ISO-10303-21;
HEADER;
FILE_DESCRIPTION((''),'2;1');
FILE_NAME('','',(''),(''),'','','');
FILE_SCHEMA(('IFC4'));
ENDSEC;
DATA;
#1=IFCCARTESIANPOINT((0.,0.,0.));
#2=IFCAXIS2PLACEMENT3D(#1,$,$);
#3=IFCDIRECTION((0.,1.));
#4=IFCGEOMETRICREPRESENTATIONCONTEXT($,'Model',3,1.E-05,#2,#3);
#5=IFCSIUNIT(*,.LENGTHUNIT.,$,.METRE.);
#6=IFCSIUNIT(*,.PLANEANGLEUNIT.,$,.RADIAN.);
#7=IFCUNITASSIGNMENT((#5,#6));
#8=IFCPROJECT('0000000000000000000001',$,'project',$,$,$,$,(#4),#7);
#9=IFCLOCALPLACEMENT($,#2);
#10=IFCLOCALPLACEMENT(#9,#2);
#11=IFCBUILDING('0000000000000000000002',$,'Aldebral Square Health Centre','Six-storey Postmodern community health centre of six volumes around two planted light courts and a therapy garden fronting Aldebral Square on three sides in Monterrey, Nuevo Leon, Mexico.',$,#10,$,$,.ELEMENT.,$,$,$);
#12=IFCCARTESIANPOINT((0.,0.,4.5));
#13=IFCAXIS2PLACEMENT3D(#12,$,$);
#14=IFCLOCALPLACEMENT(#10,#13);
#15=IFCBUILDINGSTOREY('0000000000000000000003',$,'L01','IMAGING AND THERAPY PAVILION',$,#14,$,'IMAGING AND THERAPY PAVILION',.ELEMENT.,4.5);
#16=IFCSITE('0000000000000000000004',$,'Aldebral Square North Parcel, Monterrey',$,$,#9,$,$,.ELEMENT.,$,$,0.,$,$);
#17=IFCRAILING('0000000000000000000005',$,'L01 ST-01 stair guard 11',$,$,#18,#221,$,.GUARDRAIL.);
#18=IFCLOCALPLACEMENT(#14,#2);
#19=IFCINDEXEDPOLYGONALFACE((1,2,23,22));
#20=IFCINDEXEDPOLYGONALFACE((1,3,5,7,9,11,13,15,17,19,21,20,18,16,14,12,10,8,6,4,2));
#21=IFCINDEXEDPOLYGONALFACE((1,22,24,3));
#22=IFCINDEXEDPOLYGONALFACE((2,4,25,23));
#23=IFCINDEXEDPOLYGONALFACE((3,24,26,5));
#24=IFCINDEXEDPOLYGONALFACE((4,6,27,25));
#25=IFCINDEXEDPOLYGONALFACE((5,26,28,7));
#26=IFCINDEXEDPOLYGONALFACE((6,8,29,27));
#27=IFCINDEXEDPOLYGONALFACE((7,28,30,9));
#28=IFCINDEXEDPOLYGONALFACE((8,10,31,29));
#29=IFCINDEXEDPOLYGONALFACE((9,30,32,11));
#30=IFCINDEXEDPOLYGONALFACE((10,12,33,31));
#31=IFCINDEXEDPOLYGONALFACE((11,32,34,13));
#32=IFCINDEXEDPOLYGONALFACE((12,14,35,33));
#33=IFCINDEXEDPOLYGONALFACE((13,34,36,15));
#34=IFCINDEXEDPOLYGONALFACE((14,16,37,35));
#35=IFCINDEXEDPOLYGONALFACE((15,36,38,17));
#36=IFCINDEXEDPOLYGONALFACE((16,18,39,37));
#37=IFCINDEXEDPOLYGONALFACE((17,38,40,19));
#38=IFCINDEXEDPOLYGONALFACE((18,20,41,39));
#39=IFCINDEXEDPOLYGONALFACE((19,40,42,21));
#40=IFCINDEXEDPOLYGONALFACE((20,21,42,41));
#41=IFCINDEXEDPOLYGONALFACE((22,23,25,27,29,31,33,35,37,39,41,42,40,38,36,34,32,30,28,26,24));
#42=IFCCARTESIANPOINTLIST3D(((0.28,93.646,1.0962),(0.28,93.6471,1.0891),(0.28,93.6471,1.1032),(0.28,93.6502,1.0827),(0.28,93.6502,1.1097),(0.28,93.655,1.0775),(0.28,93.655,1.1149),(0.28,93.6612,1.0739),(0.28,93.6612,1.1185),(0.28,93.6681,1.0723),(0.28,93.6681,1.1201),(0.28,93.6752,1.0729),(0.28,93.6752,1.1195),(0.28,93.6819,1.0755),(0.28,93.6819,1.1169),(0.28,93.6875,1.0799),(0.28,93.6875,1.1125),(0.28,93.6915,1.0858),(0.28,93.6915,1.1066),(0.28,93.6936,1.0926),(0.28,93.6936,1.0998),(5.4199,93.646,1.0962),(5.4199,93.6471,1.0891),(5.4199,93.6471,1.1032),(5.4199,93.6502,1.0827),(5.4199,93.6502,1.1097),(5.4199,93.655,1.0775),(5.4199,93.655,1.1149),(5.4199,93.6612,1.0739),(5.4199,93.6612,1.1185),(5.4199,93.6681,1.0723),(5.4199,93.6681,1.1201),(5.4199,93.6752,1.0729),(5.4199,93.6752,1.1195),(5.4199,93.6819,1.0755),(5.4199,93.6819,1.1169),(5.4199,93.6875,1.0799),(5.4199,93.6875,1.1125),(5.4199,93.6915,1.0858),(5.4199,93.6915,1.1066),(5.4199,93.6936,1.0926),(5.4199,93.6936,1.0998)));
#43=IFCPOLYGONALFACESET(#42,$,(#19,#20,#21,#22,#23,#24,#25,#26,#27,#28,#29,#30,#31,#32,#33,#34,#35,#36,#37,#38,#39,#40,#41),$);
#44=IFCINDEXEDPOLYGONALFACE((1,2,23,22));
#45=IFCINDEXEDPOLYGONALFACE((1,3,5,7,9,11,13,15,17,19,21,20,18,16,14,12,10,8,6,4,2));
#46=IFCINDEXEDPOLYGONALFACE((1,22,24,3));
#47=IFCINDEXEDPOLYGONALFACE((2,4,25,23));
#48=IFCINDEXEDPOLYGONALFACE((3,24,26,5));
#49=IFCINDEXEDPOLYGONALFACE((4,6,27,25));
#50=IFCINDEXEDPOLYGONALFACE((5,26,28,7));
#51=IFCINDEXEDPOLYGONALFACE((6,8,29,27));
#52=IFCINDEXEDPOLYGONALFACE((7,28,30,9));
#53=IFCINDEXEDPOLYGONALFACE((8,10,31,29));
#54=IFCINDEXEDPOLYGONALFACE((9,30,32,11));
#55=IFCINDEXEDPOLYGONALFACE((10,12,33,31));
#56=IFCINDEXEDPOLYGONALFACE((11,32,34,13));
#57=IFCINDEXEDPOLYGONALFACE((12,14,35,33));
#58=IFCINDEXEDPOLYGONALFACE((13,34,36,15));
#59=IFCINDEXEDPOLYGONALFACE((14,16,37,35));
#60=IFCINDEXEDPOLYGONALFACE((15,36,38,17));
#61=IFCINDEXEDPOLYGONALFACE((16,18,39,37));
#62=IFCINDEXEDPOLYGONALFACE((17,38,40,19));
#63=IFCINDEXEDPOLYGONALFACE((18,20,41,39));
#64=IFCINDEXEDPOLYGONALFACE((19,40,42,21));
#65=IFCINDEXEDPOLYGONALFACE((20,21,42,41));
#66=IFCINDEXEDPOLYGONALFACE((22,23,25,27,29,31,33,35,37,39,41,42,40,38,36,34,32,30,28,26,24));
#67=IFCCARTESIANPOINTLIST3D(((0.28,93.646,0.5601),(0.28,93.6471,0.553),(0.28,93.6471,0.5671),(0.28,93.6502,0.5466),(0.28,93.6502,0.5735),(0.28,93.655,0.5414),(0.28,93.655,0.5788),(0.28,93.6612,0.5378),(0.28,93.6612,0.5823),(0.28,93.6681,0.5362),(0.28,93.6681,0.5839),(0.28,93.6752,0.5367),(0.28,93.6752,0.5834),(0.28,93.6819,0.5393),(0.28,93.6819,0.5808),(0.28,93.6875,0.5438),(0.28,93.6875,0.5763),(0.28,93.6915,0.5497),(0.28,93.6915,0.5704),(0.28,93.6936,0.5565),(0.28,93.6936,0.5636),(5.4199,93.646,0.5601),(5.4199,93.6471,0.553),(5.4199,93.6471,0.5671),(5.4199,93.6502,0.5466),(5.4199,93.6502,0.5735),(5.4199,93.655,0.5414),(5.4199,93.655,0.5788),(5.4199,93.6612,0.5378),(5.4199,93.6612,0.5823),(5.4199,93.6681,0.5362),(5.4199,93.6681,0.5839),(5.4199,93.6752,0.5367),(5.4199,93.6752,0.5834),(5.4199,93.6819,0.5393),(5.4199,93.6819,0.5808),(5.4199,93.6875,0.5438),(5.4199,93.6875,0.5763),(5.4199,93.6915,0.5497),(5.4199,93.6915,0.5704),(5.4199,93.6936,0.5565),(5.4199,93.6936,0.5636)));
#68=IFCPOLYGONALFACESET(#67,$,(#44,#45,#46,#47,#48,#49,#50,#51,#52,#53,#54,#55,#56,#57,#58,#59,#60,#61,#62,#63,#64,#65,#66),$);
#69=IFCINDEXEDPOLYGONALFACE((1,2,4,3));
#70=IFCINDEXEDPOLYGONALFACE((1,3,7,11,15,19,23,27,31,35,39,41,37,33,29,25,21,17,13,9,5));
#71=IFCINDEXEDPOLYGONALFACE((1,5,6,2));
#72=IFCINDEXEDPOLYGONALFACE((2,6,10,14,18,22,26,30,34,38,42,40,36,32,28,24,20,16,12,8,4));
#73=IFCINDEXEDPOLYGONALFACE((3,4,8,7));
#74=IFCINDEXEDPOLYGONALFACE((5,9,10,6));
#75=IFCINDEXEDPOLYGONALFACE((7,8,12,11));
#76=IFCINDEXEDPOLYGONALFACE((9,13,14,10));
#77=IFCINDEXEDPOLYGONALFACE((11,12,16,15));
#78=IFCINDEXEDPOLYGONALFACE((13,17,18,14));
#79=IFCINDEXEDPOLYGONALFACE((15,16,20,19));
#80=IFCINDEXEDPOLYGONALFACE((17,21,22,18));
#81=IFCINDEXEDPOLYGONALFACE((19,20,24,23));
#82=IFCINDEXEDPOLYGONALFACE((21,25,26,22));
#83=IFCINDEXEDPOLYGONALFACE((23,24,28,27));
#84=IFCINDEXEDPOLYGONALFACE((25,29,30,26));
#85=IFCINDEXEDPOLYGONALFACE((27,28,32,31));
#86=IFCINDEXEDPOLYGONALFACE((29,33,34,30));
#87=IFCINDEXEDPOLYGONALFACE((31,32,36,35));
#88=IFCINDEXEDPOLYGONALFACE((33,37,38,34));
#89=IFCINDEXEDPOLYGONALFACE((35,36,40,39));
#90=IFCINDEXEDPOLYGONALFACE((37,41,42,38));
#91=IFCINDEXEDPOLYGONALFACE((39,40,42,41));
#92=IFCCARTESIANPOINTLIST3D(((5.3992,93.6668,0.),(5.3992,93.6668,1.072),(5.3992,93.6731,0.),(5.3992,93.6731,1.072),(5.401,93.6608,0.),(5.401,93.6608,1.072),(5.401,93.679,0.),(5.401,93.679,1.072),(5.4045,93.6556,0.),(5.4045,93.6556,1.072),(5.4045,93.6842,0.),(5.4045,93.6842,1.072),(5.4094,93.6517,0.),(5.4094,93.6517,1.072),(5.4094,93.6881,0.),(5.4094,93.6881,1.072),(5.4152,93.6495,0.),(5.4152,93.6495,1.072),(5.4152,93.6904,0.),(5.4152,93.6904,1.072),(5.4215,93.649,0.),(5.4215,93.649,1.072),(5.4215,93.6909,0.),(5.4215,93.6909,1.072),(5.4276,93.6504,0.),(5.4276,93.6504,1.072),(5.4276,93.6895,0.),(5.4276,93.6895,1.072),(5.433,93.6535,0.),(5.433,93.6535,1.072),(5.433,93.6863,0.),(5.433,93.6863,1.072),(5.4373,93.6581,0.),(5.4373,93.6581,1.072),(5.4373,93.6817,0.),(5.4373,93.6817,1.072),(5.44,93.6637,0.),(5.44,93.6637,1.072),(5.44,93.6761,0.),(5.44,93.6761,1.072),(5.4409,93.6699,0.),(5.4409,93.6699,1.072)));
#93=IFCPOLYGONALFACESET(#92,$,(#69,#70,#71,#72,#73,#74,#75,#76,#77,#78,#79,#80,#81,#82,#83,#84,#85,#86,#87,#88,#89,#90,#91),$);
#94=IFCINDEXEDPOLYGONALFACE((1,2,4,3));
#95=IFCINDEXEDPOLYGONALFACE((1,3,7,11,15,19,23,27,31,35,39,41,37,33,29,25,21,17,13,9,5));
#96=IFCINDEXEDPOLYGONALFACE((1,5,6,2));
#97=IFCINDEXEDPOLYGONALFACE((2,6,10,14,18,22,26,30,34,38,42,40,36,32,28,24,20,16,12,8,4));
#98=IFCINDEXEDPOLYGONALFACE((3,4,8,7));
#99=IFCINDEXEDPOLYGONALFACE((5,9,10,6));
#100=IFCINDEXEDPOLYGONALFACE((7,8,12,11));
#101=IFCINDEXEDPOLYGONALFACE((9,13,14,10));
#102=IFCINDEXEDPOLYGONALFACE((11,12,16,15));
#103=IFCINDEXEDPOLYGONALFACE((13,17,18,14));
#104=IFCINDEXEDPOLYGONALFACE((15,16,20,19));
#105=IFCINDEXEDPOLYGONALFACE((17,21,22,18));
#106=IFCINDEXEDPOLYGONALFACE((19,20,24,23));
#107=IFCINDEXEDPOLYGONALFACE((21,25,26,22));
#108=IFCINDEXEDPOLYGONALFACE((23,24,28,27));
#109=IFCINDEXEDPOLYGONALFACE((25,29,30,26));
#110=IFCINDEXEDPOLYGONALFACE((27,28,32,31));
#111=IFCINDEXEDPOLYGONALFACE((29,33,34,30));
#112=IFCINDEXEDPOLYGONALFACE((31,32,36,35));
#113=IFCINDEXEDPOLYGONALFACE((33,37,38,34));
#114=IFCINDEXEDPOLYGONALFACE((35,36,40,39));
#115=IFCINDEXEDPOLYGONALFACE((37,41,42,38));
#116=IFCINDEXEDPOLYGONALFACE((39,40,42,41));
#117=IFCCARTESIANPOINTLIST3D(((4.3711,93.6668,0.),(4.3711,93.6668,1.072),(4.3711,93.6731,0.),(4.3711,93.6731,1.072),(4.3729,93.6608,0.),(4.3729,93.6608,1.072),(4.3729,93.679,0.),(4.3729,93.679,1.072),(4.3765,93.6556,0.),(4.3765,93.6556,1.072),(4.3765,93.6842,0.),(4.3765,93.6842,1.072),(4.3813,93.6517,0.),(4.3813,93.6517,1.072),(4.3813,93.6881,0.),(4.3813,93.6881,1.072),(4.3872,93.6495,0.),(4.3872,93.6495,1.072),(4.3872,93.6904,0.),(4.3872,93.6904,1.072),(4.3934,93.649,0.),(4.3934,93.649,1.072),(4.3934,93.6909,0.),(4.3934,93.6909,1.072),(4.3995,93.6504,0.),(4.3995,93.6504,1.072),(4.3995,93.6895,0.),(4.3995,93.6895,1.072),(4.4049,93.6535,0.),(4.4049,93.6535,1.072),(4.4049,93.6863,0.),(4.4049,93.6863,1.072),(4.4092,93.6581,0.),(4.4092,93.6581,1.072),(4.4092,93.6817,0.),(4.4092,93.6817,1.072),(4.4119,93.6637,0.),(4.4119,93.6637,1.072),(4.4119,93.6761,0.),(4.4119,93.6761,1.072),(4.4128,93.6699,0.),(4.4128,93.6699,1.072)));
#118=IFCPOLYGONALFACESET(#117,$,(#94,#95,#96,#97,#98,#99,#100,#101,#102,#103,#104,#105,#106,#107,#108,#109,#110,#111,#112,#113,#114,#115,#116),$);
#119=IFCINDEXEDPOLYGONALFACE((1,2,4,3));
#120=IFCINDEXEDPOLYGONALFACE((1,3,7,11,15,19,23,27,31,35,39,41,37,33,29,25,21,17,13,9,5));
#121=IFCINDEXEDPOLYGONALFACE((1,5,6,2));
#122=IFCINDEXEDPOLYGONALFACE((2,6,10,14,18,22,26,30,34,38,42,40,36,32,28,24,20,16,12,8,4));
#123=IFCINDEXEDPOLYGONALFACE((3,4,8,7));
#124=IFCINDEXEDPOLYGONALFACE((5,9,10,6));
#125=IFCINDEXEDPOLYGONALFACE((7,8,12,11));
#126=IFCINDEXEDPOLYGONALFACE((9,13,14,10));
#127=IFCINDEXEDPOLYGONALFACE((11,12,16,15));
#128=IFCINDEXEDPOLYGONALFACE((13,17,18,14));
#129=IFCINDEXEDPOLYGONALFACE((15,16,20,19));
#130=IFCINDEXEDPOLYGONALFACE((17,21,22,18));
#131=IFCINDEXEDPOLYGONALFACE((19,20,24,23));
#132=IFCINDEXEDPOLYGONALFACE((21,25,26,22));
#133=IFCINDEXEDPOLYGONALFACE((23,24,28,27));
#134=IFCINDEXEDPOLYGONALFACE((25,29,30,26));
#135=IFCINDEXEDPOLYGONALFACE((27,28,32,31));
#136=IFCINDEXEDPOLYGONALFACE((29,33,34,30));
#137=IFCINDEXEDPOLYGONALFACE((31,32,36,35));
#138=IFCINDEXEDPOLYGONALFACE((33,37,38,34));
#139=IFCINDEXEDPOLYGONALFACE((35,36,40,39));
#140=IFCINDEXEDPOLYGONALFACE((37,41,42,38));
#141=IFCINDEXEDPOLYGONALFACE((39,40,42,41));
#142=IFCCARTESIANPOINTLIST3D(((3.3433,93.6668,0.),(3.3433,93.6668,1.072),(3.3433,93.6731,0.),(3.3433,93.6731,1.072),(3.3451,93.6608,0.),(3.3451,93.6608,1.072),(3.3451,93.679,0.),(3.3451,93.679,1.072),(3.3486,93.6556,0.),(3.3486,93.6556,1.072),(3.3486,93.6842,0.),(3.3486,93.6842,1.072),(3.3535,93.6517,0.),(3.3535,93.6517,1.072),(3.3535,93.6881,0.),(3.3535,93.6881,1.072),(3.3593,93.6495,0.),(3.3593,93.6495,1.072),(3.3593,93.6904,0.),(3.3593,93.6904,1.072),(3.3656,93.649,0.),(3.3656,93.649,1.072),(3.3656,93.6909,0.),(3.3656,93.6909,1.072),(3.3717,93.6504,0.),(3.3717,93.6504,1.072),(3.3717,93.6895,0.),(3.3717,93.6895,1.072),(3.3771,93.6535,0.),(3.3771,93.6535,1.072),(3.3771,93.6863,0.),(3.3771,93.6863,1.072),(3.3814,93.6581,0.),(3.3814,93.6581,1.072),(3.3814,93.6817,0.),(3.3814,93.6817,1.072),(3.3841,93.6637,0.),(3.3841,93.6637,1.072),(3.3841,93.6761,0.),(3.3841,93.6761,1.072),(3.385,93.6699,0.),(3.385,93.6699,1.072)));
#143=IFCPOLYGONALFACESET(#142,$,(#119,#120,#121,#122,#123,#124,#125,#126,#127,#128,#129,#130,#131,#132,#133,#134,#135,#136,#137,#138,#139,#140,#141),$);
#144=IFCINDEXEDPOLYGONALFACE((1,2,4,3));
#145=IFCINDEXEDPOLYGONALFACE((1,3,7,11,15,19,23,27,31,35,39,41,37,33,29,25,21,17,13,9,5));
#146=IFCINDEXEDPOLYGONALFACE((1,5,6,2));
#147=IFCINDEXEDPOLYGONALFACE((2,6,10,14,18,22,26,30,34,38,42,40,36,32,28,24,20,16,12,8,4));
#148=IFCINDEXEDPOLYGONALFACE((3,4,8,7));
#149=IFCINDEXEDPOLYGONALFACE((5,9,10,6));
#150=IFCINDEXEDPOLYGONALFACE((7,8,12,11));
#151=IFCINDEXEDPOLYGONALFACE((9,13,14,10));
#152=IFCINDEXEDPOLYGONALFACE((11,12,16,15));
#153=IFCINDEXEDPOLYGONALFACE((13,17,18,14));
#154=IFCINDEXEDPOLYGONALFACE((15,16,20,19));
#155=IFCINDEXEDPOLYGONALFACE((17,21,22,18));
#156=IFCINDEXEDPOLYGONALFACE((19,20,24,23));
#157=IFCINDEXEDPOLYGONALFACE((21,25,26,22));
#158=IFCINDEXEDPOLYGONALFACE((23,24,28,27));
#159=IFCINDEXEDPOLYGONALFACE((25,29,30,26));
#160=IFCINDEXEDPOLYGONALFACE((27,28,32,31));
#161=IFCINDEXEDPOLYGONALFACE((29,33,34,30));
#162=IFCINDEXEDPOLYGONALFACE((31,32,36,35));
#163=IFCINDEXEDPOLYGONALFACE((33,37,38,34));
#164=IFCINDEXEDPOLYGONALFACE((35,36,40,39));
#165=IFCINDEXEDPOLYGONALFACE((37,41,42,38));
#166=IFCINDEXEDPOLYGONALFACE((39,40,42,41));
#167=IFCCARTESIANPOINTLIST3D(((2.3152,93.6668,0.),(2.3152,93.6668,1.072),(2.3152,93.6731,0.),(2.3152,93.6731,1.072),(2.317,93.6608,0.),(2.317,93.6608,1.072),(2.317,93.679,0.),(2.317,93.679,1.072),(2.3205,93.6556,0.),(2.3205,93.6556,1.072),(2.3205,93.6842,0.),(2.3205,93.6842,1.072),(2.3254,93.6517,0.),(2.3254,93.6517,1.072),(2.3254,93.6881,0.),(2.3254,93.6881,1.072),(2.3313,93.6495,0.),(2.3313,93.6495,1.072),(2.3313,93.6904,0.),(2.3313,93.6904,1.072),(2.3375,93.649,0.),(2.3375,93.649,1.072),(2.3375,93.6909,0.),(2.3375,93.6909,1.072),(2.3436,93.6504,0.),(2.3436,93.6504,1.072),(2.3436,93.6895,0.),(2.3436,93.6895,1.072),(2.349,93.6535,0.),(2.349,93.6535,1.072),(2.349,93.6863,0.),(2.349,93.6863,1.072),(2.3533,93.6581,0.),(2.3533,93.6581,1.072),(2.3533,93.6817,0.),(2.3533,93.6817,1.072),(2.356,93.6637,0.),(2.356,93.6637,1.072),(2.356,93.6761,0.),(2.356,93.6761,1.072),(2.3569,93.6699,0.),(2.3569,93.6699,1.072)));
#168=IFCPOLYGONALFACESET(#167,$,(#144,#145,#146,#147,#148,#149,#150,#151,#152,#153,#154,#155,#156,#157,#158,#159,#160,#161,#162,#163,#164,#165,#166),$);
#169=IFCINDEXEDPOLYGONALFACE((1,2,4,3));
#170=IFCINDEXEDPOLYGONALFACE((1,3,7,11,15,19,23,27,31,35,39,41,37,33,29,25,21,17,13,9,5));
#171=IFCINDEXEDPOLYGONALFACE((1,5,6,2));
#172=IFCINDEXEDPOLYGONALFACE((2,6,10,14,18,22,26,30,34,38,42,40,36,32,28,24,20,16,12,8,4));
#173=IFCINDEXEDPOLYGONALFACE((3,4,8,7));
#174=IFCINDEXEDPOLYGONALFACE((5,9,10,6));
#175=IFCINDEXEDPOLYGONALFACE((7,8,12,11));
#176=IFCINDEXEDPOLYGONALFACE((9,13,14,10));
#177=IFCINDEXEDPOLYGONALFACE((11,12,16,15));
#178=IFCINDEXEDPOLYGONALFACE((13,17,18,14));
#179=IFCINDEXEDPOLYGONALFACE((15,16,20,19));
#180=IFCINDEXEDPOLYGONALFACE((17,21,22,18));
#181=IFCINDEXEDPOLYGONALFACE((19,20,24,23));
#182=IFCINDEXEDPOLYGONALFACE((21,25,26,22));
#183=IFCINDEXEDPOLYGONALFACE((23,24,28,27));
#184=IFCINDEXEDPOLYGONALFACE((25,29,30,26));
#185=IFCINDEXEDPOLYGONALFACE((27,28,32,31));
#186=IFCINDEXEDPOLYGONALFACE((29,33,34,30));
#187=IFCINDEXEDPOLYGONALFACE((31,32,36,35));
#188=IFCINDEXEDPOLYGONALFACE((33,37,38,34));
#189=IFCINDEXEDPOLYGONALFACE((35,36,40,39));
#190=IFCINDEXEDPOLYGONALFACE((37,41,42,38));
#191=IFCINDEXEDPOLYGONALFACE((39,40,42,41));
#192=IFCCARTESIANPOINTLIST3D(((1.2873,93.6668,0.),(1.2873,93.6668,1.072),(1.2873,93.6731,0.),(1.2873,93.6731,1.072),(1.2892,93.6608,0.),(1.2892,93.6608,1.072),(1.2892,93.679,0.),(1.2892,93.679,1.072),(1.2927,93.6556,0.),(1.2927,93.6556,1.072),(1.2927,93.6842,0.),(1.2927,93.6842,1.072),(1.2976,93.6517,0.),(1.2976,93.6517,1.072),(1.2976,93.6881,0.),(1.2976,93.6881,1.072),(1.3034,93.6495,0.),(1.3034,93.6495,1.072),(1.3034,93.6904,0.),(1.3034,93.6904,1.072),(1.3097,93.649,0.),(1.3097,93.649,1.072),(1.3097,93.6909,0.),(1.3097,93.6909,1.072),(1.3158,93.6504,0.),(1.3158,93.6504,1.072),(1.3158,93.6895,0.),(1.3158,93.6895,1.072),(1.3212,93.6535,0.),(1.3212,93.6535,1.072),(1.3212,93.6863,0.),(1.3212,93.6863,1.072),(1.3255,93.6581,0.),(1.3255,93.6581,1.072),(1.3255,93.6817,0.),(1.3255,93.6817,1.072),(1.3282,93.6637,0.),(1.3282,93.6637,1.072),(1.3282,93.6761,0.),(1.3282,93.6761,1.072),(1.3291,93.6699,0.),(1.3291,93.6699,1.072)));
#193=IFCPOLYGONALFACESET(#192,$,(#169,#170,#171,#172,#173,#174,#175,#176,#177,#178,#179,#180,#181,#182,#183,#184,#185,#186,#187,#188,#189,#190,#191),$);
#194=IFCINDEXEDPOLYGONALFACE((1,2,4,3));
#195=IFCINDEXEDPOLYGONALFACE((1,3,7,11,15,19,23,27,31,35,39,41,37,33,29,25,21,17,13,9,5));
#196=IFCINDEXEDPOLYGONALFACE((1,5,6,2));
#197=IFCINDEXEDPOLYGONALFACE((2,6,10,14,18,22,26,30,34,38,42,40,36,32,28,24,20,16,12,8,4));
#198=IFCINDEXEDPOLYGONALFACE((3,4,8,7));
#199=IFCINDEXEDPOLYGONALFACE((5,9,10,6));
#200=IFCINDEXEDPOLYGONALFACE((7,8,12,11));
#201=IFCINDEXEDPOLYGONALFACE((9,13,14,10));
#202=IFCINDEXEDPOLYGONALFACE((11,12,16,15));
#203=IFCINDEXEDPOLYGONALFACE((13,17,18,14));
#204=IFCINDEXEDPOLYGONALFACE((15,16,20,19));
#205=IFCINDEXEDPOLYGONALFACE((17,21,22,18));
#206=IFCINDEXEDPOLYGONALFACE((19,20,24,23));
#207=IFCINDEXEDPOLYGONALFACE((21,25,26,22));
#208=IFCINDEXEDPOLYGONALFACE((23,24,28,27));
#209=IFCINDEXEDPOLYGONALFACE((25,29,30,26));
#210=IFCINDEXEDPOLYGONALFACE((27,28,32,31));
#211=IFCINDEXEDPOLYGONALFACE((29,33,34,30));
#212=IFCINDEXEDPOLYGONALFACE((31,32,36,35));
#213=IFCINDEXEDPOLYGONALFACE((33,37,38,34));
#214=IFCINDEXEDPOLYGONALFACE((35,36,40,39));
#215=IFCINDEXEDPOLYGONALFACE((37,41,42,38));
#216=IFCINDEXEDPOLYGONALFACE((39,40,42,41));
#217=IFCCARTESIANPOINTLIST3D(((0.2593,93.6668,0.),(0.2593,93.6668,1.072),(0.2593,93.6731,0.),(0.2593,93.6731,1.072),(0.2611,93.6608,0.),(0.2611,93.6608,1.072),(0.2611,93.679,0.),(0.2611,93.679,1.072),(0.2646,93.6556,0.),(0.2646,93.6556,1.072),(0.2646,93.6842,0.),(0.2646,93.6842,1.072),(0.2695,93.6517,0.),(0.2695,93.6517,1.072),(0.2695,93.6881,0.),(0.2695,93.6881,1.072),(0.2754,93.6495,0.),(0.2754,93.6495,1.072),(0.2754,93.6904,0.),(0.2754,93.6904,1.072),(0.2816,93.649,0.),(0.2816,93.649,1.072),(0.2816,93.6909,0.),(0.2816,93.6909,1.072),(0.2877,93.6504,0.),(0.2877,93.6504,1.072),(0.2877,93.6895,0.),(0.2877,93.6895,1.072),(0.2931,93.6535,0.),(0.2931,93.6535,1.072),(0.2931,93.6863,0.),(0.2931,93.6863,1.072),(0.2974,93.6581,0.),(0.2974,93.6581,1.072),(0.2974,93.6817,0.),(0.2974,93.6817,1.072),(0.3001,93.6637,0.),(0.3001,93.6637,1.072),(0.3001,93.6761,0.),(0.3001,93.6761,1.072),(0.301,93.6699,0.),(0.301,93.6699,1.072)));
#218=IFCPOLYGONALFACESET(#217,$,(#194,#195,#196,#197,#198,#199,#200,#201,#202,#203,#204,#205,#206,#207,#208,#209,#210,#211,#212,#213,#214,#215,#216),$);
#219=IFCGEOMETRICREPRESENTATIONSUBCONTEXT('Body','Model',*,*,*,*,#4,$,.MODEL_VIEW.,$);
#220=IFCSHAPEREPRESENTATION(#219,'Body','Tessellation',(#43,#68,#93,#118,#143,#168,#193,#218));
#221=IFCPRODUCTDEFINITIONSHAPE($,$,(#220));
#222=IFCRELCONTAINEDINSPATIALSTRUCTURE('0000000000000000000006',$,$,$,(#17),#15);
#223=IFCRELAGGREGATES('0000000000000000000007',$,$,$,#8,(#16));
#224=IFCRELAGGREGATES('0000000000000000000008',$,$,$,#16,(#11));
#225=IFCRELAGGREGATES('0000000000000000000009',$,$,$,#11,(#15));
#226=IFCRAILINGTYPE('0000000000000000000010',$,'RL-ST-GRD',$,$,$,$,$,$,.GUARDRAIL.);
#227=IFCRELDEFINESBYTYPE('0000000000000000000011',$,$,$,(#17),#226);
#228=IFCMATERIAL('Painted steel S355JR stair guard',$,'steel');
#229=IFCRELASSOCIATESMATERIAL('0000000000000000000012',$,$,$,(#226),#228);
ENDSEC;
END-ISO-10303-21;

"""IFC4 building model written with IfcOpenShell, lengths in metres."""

from ifc_helpers import new_model, si_unit, direction, frame, origin, origin_2d, place, context, subcontext, project, spatial, circle, extrude, material, type_object, element, save


model = new_model("IFC4")

# Units and contexts
model_context = context("Model", 3, precision=1e-05, world=origin(), true_north=direction((0.0, 1.0)))
body_context = subcontext(model_context, "Body", "Model", "MODEL_VIEW")
ifc_project = project(units=[si_unit("LENGTHUNIT", "METRE"), si_unit("PLANEANGLEUNIT", "RADIAN")], contexts=[model_context])

# Site, building, storey
site_placement = place(None, origin())
site = spatial("IfcSite", under=ifc_project, at=site_placement, Name="Aldebral Square North Parcel, Monterrey", CompositionType="ELEMENT", RefElevation=0.0)
building_placement = place(site_placement, origin())
building = spatial("IfcBuilding", under=site, at=building_placement, Name="Aldebral Square Health Centre", Description="Six-storey Postmodern community health centre of six volumes around two planted light courts and a therapy garden fronting Aldebral Square on three sides in Monterrey, Nuevo Leon, Mexico.", CompositionType="ELEMENT")
storey_placement = place(building_placement, frame((0.0, 0.0, 4.5)))
storey = spatial("IfcBuildingStorey", under=building, at=storey_placement, Name="L01", Description="IMAGING AND THERAPY PAVILION", LongName="IMAGING AND THERAPY PAVILION", CompositionType="ELEMENT", Elevation=4.5)

# Railing
ifc_material_1 = material(Name="Painted steel S355JR stair guard", Category="steel")
railing_type = type_object("IfcRailingType", Name="RL-ST-GRD", PredefinedType="GUARDRAIL", material=ifc_material_1)
railing_1_placement = place(storey_placement, frame((5.4199, 93.6699, 0.0)))
element("IfcRailing", 1, at=railing_1_placement, inside=storey, type_object=railing_type, Name="L01 ST-01 stair guard 11", PredefinedType="GUARDRAIL", context=body_context, shape_type="SweptSolid", body=[
    extrude(circle(Radius=0.0239, at=origin_2d()), frame((0.0, 0.0, 1.0962), z_axis=(-1.0, 0.0, 0.0), x_axis=(0.0, -1.0, 0.0)), (0.0, 0.0, 1.0), 5.1399),
    extrude(circle(Radius=0.0239, at=origin_2d()), frame((0.0, 0.0, 0.5601), z_axis=(-1.0, 0.0, 0.0), x_axis=(0.0, -1.0, 0.0)), (0.0, 0.0, 1.0), 5.1399),
    extrude(circle(Radius=0.021, at=origin_2d()), origin(), (0.0, 0.0, 1.0), 1.072),
    extrude(circle(Radius=0.021, at=origin_2d()), frame((-1.0281, 0.0, 0.0)), (0.0, 0.0, 1.0), 1.072),
    extrude(circle(Radius=0.021, at=origin_2d()), frame((-2.0559, 0.0, 0.0)), (0.0, 0.0, 1.0), 1.072),
    extrude(circle(Radius=0.021, at=origin_2d()), frame((-3.084, 0.0, 0.0)), (0.0, 0.0, 1.0), 1.072),
    extrude(circle(Radius=0.021, at=origin_2d()), frame((-4.1118, 0.0, 0.0)), (0.0, 0.0, 1.0), 1.072),
    extrude(circle(Radius=0.021, at=origin_2d()), frame((-5.1399, 0.0, 0.0)), (0.0, 0.0, 1.0), 1.072),
])

save(model, "model.ifc")
